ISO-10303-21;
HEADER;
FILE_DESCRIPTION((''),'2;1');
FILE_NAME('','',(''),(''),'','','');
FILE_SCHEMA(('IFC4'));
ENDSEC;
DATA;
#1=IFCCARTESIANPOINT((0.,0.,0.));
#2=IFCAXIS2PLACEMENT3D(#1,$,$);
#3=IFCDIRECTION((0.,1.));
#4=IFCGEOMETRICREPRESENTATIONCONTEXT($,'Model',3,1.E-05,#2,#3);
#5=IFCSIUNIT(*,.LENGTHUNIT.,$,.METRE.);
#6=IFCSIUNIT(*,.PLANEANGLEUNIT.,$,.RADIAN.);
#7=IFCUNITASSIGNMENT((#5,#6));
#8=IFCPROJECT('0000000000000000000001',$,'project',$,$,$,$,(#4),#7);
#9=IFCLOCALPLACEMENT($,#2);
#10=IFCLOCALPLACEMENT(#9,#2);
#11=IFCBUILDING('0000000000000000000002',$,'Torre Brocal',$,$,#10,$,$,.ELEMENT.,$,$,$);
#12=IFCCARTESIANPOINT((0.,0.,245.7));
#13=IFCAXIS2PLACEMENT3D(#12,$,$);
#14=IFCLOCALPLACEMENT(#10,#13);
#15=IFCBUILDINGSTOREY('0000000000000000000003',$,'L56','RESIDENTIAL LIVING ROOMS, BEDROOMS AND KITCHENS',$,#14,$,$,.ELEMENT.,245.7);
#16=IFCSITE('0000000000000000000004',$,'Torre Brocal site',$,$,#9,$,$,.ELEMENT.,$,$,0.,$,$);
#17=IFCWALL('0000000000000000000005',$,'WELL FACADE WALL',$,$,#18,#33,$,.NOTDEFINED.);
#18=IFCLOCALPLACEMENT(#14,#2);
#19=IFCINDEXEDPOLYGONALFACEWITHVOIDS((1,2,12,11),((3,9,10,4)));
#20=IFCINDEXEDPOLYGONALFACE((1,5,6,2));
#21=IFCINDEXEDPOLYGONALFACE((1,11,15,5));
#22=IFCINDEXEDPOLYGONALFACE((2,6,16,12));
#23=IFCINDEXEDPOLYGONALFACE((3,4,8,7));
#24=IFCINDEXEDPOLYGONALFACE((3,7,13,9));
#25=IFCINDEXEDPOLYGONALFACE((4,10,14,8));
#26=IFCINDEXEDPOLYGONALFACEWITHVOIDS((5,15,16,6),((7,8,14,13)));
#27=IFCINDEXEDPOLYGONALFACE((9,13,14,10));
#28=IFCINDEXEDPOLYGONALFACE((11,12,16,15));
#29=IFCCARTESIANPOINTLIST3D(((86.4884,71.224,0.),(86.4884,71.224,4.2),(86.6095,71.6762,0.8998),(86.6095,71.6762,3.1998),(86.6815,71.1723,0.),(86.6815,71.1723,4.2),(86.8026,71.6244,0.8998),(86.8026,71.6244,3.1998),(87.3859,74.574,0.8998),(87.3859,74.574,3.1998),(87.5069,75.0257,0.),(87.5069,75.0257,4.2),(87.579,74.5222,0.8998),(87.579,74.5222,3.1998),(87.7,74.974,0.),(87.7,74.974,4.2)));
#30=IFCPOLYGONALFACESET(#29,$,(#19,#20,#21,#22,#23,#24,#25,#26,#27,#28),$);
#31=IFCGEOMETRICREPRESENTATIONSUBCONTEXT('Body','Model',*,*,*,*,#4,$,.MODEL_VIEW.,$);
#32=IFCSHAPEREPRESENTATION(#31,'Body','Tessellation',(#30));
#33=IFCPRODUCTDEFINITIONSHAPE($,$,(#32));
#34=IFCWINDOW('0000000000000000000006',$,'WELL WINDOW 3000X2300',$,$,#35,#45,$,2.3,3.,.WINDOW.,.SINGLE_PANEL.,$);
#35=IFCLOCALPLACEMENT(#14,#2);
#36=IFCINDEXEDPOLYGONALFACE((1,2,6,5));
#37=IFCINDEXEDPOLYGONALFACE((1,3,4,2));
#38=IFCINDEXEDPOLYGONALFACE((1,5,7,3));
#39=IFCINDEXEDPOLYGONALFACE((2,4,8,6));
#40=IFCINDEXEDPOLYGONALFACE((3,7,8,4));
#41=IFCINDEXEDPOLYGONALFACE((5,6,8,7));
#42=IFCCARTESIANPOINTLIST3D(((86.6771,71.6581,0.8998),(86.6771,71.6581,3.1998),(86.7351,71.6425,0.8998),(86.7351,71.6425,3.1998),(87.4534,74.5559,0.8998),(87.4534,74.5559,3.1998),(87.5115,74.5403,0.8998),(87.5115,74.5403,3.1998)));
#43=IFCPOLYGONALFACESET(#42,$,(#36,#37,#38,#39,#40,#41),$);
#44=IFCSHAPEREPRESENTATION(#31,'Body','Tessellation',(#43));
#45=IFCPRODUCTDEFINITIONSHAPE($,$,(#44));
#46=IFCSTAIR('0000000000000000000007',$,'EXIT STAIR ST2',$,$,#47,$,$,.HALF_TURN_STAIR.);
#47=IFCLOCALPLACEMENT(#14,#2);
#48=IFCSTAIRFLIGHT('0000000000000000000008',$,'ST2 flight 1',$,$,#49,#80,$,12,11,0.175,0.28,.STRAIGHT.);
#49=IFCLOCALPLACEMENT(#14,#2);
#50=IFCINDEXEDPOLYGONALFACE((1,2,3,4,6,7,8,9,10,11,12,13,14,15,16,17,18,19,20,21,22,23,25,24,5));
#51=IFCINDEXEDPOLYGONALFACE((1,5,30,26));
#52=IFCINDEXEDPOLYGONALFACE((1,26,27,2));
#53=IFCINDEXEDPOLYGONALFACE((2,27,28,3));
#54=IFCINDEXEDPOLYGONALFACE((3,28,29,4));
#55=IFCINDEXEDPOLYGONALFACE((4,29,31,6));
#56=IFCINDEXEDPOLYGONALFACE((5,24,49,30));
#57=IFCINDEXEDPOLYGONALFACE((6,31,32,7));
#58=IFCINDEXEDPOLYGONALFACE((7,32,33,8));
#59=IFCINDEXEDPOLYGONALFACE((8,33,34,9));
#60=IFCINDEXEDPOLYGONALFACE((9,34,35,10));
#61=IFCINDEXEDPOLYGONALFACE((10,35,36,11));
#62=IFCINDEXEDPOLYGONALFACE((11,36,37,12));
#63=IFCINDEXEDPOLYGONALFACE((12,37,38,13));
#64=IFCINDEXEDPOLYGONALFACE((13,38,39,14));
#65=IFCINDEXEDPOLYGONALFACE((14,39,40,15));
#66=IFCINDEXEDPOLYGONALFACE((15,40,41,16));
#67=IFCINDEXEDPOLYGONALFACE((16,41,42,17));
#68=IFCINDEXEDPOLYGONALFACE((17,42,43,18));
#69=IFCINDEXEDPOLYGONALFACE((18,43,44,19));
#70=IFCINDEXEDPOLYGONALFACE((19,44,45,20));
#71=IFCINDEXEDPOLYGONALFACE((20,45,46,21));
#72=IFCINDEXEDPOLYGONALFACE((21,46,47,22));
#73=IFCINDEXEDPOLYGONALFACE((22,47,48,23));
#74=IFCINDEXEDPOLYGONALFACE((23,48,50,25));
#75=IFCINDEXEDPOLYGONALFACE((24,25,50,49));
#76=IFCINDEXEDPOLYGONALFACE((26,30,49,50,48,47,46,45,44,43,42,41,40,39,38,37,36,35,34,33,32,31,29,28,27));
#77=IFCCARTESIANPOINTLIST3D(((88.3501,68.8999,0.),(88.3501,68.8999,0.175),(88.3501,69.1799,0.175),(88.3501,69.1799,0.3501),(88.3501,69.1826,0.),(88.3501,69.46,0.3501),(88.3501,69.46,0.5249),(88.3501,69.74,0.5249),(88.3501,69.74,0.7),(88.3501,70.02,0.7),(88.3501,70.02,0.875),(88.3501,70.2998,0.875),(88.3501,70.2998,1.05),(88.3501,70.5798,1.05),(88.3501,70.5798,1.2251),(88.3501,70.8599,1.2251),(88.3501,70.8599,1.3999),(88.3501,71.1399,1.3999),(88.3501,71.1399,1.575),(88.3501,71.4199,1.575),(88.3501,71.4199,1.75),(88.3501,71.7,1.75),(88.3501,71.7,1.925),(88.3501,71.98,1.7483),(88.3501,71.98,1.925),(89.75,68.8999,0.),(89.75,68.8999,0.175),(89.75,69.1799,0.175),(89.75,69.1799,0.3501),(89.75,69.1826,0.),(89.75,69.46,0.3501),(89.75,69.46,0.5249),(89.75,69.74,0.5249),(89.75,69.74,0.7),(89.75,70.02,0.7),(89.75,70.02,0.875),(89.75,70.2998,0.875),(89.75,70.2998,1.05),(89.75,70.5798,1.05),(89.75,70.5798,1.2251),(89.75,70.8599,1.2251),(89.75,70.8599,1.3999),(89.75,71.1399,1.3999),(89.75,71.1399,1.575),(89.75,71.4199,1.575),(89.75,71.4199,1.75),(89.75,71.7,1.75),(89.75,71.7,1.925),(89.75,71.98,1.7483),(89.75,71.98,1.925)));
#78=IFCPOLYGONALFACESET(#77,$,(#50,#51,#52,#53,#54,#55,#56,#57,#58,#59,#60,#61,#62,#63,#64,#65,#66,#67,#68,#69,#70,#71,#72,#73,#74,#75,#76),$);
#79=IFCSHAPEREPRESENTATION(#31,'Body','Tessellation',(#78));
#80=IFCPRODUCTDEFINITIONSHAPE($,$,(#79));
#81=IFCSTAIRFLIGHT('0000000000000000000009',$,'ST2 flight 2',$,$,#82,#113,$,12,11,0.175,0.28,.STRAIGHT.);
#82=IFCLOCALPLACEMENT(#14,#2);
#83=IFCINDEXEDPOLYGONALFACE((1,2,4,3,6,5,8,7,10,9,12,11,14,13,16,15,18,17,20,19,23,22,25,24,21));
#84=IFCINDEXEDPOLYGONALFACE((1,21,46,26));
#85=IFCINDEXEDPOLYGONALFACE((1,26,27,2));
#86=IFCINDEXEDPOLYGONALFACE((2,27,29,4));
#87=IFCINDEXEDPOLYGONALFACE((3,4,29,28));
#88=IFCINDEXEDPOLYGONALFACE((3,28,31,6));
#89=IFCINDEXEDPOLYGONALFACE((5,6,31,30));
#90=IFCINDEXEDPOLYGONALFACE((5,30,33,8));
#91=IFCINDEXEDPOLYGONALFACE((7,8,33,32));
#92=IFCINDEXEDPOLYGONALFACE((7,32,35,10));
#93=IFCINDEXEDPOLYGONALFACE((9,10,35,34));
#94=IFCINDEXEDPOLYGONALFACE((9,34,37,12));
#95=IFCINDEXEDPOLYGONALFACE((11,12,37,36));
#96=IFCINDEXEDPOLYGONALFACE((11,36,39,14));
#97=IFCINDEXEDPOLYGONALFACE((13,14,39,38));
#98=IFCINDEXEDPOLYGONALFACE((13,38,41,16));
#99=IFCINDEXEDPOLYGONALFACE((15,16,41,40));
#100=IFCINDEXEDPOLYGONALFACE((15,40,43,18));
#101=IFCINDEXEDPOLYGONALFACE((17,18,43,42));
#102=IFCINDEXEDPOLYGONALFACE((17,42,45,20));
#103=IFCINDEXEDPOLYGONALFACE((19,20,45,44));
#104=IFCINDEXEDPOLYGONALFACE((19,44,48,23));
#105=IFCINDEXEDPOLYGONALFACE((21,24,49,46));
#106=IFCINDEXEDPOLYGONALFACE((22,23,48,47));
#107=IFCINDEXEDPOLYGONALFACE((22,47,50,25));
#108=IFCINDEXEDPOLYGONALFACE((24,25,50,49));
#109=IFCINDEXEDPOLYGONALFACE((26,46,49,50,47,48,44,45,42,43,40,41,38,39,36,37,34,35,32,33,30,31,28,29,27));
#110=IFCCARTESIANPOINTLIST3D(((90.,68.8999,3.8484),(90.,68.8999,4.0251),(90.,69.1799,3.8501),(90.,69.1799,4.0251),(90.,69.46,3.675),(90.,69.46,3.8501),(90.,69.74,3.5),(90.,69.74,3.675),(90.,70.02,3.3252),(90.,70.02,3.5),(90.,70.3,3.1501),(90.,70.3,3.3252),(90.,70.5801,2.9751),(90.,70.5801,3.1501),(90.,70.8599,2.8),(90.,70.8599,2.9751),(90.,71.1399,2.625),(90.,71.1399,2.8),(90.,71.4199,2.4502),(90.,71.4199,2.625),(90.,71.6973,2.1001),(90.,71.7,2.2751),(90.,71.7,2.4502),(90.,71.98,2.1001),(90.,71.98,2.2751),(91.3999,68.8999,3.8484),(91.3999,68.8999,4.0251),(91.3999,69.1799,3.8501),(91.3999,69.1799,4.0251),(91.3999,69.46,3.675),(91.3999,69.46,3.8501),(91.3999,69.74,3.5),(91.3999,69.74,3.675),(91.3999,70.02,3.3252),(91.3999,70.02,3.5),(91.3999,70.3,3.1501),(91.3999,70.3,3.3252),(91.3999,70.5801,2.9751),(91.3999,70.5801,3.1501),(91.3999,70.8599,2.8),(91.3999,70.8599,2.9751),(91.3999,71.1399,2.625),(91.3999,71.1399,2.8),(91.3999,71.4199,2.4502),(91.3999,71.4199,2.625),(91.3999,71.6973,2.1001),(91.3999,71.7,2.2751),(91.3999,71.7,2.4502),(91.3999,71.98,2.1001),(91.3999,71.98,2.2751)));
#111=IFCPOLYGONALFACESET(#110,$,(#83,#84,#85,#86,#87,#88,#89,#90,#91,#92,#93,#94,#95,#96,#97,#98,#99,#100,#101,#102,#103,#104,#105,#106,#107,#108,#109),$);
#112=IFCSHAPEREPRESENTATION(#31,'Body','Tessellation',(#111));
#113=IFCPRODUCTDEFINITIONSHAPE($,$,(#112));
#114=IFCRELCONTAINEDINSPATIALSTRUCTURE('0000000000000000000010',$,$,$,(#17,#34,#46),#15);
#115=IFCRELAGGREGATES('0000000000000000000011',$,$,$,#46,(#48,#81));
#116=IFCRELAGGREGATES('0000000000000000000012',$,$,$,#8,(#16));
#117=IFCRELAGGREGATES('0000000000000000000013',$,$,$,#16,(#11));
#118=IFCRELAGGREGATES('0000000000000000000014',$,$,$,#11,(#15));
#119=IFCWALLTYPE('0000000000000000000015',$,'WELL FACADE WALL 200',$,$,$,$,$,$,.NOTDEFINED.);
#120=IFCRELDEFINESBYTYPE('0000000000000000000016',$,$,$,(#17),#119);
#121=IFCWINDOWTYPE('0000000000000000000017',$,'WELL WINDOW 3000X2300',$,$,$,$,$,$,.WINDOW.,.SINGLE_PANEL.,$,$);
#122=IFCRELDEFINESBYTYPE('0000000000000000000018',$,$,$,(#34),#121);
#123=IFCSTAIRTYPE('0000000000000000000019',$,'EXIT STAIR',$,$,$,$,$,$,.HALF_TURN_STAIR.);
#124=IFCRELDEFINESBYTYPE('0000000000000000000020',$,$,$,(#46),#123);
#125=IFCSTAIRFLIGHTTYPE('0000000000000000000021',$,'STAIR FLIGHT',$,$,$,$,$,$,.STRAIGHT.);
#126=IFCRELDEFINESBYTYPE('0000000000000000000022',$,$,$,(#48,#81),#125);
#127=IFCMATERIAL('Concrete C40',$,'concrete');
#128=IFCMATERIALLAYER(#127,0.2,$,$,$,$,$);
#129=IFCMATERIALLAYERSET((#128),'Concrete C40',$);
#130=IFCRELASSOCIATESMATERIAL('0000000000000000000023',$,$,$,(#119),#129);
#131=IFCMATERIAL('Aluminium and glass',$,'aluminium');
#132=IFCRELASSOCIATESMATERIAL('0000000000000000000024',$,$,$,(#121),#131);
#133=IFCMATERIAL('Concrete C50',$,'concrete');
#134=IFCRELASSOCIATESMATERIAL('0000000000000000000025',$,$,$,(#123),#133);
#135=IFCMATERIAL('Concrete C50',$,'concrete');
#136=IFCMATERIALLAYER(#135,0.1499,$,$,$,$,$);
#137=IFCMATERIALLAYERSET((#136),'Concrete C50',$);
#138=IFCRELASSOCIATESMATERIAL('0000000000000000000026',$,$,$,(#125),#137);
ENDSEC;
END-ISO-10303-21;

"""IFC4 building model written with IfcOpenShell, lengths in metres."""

from ifc_helpers import new_model, si_unit, direction, frame, frame_2d, origin, place, context, subcontext, project, spatial, polyline, rectangle, outline, extrude, material, layer, layer_set, type_object, element, fill, aggregate, save


model = new_model("IFC4")

# Units and contexts
model_context = context("Model", 3, precision=1e-05, world=origin(), true_north=direction((0.0, 1.0)))
body_context = subcontext(model_context, "Body", "Model", "MODEL_VIEW")
ifc_project = project(units=[si_unit("LENGTHUNIT", "METRE"), si_unit("PLANEANGLEUNIT", "RADIAN")], contexts=[model_context])

# Site, building, storey
site_placement = place(None, origin())
site = spatial("IfcSite", under=ifc_project, at=site_placement, Name="Torre Brocal site", CompositionType="ELEMENT", RefElevation=0.0)
building_placement = place(site_placement, origin())
building = spatial("IfcBuilding", under=site, at=building_placement, Name="Torre Brocal", CompositionType="ELEMENT")
storey_placement = place(building_placement, frame((0.0, 0.0, 245.7)))
storey = spatial("IfcBuildingStorey", under=building, at=storey_placement, Name="L56", Description="RESIDENTIAL LIVING ROOMS, BEDROOMS AND KITCHENS", CompositionType="ELEMENT", Elevation=245.7)

# Wall, opening, window
ifc_material_1 = material(Name="Concrete C40", Category="concrete")
ifc_layer_1 = layer(ifc_material_1, 0.2)
ifc_layer_set_1 = layer_set([ifc_layer_1], Name="Concrete C40")
wall_type_1 = type_object("IfcWallType", Name="WELL FACADE WALL 200", PredefinedType="NOTDEFINED", material=ifc_layer_set_1)
ifc_material_2 = material(Name="Aluminium and glass", Category="aluminium")
window_type = type_object("IfcWindowType", Name="WELL WINDOW 3000X2300", PartitioningType="SINGLE_PANEL", PredefinedType="WINDOW", material=ifc_material_2)
wall_1_placement = place(storey_placement, frame((86.585, 71.1982, 0.0), z_axis=(0.0, 0.0, 1.0), x_axis=(0.25879, 0.965934, 0.0)))
wall_1 = element("IfcWall", 1, at=wall_1_placement, inside=storey, type_object=wall_type_1, Name="WELL FACADE WALL", PredefinedType="NOTDEFINED", context=body_context, shape_type="SweptSolid", body=[
    extrude(rectangle(XDim=3.9358, YDim=0.2, at=frame_2d((1.9678, 0.0))), origin(), (0.0, 0.0, 1.0), 4.2),
])
opening_1_placement = place(wall_1_placement, frame((0.468, 0.0, 0.8999)))
opening_1 = element("IfcOpeningElement", 2, at=opening_1_placement, cuts=wall_1, PredefinedType="OPENING", context=body_context, shape_type="SweptSolid", body=[
    extrude(rectangle(XDim=3.0, YDim=2.3, at=frame_2d((1.5, 1.1499))), frame((0.0, 0.1099, 0.0), z_axis=(0.0, -1.0, 0.0), x_axis=(1.0, 0.0, 0.0)), (0.0, 0.0, 1.0), 0.22),
])
window_1_placement = place(opening_1_placement, origin())
window_1 = element("IfcWindow", 3, at=window_1_placement, inside=storey, type_object=window_type, Name="WELL WINDOW 3000X2300", OverallHeight=2.3, OverallWidth=3.0, PartitioningType="SINGLE_PANEL", PredefinedType="WINDOW", context=body_context, shape_type="SweptSolid", body=[
    extrude(rectangle(XDim=3.0, YDim=2.3, at=frame_2d((1.5, 1.1499))), frame((0.0, 0.03, 0.0), z_axis=(0.0, -1.0, 0.0), x_axis=(1.0, 0.0, 0.0)), (0.0, 0.0, 1.0), 0.0601),
])
fill(opening_1, window_1)

# Stair, stair flights
ifc_material_3 = material(Name="Concrete C50", Category="concrete")
stair_type = type_object("IfcStairType", Name="EXIT STAIR", PredefinedType="HALF_TURN_STAIR", material=ifc_material_3)
stair_placement = place(storey_placement, origin())
stair = element("IfcStair", 4, at=stair_placement, inside=storey, type_object=stair_type, Name="EXIT STAIR ST2", PredefinedType="HALF_TURN_STAIR")
ifc_material_4 = material(Name="Concrete C50", Category="concrete")
ifc_layer_2 = layer(ifc_material_4, 0.1499)
ifc_layer_set_2 = layer_set([ifc_layer_2], Name="Concrete C50")
stair_flight_type = type_object("IfcStairFlightType", Name="STAIR FLIGHT", PredefinedType="STRAIGHT", material=ifc_layer_set_2)
stair_flight_1_placement = place(storey_placement, frame((89.05, 68.8999, 0.0), z_axis=(0.0, 0.0, 1.0), x_axis=(0.0, 1.0, 0.0)))
stair_flight_1 = element("IfcStairFlight", 5, at=stair_flight_1_placement, type_object=stair_flight_type, Name="ST2 flight 1", NumberOfRisers=12, NumberOfTreads=11, PredefinedType="STRAIGHT", RiserHeight=0.175, TreadLength=0.28, context=body_context, shape_type="SweptSolid", body=[
    extrude(outline(polyline([(0.0, 0.0), (0.0, 0.175), (0.28, 0.175), (0.28, 0.3501), (0.5601, 0.3501), (0.5601, 0.5249), (0.8401, 0.5249), (0.8401, 0.7), (1.1201, 0.7), (1.1201, 0.875), (1.3999, 0.875), (1.3999, 1.05), (1.6799, 1.05), (1.6799, 1.2251), (1.96, 1.2251), (1.96, 1.3999), (2.24, 1.3999), (2.24, 1.575), (2.52, 1.575), (2.52, 1.75), (2.8, 1.75), (2.8, 1.925), (3.0801, 1.925), (3.0801, 2.1001), (3.0801, 1.7483), (0.2827, 0.0), (0.0, 0.0)])), frame((0.0, 0.7, 0.0), z_axis=(0.0, -1.0, 0.0), x_axis=(1.0, 0.0, 0.0)), (0.0, 0.0, 1.0), 1.3999),
])
stair_flight_2_placement = place(storey_placement, frame((90.7, 71.98, 2.1001), z_axis=(0.0, 0.0, 1.0), x_axis=(0.0, -1.0, 0.0)))
stair_flight_2 = element("IfcStairFlight", 6, at=stair_flight_2_placement, type_object=stair_flight_type, Name="ST2 flight 2", NumberOfRisers=12, NumberOfTreads=11, PredefinedType="STRAIGHT", RiserHeight=0.175, TreadLength=0.28, context=body_context, shape_type="SweptSolid", body=[
    extrude(outline(polyline([(0.0, 0.0), (0.0, 0.175), (0.28, 0.175), (0.28, 0.3501), (0.5601, 0.3501), (0.5601, 0.5249), (0.8401, 0.5249), (0.8401, 0.7), (1.1201, 0.7), (1.1201, 0.875), (1.3999, 0.875), (1.3999, 1.05), (1.6799, 1.05), (1.6799, 1.2251), (1.96, 1.2251), (1.96, 1.3999), (2.24, 1.3999), (2.24, 1.575), (2.52, 1.575), (2.52, 1.75), (2.8, 1.75), (2.8, 1.925), (3.0801, 1.925), (3.0801, 2.1001), (3.0801, 1.7483), (0.2827, 0.0), (0.0, 0.0)])), frame((0.0, 0.7, 0.0), z_axis=(0.0, -1.0, 0.0), x_axis=(1.0, 0.0, 0.0)), (0.0, 0.0, 1.0), 1.3999),
])
aggregate(stair, [stair_flight_1, stair_flight_2])

save(model, "model.ifc")
